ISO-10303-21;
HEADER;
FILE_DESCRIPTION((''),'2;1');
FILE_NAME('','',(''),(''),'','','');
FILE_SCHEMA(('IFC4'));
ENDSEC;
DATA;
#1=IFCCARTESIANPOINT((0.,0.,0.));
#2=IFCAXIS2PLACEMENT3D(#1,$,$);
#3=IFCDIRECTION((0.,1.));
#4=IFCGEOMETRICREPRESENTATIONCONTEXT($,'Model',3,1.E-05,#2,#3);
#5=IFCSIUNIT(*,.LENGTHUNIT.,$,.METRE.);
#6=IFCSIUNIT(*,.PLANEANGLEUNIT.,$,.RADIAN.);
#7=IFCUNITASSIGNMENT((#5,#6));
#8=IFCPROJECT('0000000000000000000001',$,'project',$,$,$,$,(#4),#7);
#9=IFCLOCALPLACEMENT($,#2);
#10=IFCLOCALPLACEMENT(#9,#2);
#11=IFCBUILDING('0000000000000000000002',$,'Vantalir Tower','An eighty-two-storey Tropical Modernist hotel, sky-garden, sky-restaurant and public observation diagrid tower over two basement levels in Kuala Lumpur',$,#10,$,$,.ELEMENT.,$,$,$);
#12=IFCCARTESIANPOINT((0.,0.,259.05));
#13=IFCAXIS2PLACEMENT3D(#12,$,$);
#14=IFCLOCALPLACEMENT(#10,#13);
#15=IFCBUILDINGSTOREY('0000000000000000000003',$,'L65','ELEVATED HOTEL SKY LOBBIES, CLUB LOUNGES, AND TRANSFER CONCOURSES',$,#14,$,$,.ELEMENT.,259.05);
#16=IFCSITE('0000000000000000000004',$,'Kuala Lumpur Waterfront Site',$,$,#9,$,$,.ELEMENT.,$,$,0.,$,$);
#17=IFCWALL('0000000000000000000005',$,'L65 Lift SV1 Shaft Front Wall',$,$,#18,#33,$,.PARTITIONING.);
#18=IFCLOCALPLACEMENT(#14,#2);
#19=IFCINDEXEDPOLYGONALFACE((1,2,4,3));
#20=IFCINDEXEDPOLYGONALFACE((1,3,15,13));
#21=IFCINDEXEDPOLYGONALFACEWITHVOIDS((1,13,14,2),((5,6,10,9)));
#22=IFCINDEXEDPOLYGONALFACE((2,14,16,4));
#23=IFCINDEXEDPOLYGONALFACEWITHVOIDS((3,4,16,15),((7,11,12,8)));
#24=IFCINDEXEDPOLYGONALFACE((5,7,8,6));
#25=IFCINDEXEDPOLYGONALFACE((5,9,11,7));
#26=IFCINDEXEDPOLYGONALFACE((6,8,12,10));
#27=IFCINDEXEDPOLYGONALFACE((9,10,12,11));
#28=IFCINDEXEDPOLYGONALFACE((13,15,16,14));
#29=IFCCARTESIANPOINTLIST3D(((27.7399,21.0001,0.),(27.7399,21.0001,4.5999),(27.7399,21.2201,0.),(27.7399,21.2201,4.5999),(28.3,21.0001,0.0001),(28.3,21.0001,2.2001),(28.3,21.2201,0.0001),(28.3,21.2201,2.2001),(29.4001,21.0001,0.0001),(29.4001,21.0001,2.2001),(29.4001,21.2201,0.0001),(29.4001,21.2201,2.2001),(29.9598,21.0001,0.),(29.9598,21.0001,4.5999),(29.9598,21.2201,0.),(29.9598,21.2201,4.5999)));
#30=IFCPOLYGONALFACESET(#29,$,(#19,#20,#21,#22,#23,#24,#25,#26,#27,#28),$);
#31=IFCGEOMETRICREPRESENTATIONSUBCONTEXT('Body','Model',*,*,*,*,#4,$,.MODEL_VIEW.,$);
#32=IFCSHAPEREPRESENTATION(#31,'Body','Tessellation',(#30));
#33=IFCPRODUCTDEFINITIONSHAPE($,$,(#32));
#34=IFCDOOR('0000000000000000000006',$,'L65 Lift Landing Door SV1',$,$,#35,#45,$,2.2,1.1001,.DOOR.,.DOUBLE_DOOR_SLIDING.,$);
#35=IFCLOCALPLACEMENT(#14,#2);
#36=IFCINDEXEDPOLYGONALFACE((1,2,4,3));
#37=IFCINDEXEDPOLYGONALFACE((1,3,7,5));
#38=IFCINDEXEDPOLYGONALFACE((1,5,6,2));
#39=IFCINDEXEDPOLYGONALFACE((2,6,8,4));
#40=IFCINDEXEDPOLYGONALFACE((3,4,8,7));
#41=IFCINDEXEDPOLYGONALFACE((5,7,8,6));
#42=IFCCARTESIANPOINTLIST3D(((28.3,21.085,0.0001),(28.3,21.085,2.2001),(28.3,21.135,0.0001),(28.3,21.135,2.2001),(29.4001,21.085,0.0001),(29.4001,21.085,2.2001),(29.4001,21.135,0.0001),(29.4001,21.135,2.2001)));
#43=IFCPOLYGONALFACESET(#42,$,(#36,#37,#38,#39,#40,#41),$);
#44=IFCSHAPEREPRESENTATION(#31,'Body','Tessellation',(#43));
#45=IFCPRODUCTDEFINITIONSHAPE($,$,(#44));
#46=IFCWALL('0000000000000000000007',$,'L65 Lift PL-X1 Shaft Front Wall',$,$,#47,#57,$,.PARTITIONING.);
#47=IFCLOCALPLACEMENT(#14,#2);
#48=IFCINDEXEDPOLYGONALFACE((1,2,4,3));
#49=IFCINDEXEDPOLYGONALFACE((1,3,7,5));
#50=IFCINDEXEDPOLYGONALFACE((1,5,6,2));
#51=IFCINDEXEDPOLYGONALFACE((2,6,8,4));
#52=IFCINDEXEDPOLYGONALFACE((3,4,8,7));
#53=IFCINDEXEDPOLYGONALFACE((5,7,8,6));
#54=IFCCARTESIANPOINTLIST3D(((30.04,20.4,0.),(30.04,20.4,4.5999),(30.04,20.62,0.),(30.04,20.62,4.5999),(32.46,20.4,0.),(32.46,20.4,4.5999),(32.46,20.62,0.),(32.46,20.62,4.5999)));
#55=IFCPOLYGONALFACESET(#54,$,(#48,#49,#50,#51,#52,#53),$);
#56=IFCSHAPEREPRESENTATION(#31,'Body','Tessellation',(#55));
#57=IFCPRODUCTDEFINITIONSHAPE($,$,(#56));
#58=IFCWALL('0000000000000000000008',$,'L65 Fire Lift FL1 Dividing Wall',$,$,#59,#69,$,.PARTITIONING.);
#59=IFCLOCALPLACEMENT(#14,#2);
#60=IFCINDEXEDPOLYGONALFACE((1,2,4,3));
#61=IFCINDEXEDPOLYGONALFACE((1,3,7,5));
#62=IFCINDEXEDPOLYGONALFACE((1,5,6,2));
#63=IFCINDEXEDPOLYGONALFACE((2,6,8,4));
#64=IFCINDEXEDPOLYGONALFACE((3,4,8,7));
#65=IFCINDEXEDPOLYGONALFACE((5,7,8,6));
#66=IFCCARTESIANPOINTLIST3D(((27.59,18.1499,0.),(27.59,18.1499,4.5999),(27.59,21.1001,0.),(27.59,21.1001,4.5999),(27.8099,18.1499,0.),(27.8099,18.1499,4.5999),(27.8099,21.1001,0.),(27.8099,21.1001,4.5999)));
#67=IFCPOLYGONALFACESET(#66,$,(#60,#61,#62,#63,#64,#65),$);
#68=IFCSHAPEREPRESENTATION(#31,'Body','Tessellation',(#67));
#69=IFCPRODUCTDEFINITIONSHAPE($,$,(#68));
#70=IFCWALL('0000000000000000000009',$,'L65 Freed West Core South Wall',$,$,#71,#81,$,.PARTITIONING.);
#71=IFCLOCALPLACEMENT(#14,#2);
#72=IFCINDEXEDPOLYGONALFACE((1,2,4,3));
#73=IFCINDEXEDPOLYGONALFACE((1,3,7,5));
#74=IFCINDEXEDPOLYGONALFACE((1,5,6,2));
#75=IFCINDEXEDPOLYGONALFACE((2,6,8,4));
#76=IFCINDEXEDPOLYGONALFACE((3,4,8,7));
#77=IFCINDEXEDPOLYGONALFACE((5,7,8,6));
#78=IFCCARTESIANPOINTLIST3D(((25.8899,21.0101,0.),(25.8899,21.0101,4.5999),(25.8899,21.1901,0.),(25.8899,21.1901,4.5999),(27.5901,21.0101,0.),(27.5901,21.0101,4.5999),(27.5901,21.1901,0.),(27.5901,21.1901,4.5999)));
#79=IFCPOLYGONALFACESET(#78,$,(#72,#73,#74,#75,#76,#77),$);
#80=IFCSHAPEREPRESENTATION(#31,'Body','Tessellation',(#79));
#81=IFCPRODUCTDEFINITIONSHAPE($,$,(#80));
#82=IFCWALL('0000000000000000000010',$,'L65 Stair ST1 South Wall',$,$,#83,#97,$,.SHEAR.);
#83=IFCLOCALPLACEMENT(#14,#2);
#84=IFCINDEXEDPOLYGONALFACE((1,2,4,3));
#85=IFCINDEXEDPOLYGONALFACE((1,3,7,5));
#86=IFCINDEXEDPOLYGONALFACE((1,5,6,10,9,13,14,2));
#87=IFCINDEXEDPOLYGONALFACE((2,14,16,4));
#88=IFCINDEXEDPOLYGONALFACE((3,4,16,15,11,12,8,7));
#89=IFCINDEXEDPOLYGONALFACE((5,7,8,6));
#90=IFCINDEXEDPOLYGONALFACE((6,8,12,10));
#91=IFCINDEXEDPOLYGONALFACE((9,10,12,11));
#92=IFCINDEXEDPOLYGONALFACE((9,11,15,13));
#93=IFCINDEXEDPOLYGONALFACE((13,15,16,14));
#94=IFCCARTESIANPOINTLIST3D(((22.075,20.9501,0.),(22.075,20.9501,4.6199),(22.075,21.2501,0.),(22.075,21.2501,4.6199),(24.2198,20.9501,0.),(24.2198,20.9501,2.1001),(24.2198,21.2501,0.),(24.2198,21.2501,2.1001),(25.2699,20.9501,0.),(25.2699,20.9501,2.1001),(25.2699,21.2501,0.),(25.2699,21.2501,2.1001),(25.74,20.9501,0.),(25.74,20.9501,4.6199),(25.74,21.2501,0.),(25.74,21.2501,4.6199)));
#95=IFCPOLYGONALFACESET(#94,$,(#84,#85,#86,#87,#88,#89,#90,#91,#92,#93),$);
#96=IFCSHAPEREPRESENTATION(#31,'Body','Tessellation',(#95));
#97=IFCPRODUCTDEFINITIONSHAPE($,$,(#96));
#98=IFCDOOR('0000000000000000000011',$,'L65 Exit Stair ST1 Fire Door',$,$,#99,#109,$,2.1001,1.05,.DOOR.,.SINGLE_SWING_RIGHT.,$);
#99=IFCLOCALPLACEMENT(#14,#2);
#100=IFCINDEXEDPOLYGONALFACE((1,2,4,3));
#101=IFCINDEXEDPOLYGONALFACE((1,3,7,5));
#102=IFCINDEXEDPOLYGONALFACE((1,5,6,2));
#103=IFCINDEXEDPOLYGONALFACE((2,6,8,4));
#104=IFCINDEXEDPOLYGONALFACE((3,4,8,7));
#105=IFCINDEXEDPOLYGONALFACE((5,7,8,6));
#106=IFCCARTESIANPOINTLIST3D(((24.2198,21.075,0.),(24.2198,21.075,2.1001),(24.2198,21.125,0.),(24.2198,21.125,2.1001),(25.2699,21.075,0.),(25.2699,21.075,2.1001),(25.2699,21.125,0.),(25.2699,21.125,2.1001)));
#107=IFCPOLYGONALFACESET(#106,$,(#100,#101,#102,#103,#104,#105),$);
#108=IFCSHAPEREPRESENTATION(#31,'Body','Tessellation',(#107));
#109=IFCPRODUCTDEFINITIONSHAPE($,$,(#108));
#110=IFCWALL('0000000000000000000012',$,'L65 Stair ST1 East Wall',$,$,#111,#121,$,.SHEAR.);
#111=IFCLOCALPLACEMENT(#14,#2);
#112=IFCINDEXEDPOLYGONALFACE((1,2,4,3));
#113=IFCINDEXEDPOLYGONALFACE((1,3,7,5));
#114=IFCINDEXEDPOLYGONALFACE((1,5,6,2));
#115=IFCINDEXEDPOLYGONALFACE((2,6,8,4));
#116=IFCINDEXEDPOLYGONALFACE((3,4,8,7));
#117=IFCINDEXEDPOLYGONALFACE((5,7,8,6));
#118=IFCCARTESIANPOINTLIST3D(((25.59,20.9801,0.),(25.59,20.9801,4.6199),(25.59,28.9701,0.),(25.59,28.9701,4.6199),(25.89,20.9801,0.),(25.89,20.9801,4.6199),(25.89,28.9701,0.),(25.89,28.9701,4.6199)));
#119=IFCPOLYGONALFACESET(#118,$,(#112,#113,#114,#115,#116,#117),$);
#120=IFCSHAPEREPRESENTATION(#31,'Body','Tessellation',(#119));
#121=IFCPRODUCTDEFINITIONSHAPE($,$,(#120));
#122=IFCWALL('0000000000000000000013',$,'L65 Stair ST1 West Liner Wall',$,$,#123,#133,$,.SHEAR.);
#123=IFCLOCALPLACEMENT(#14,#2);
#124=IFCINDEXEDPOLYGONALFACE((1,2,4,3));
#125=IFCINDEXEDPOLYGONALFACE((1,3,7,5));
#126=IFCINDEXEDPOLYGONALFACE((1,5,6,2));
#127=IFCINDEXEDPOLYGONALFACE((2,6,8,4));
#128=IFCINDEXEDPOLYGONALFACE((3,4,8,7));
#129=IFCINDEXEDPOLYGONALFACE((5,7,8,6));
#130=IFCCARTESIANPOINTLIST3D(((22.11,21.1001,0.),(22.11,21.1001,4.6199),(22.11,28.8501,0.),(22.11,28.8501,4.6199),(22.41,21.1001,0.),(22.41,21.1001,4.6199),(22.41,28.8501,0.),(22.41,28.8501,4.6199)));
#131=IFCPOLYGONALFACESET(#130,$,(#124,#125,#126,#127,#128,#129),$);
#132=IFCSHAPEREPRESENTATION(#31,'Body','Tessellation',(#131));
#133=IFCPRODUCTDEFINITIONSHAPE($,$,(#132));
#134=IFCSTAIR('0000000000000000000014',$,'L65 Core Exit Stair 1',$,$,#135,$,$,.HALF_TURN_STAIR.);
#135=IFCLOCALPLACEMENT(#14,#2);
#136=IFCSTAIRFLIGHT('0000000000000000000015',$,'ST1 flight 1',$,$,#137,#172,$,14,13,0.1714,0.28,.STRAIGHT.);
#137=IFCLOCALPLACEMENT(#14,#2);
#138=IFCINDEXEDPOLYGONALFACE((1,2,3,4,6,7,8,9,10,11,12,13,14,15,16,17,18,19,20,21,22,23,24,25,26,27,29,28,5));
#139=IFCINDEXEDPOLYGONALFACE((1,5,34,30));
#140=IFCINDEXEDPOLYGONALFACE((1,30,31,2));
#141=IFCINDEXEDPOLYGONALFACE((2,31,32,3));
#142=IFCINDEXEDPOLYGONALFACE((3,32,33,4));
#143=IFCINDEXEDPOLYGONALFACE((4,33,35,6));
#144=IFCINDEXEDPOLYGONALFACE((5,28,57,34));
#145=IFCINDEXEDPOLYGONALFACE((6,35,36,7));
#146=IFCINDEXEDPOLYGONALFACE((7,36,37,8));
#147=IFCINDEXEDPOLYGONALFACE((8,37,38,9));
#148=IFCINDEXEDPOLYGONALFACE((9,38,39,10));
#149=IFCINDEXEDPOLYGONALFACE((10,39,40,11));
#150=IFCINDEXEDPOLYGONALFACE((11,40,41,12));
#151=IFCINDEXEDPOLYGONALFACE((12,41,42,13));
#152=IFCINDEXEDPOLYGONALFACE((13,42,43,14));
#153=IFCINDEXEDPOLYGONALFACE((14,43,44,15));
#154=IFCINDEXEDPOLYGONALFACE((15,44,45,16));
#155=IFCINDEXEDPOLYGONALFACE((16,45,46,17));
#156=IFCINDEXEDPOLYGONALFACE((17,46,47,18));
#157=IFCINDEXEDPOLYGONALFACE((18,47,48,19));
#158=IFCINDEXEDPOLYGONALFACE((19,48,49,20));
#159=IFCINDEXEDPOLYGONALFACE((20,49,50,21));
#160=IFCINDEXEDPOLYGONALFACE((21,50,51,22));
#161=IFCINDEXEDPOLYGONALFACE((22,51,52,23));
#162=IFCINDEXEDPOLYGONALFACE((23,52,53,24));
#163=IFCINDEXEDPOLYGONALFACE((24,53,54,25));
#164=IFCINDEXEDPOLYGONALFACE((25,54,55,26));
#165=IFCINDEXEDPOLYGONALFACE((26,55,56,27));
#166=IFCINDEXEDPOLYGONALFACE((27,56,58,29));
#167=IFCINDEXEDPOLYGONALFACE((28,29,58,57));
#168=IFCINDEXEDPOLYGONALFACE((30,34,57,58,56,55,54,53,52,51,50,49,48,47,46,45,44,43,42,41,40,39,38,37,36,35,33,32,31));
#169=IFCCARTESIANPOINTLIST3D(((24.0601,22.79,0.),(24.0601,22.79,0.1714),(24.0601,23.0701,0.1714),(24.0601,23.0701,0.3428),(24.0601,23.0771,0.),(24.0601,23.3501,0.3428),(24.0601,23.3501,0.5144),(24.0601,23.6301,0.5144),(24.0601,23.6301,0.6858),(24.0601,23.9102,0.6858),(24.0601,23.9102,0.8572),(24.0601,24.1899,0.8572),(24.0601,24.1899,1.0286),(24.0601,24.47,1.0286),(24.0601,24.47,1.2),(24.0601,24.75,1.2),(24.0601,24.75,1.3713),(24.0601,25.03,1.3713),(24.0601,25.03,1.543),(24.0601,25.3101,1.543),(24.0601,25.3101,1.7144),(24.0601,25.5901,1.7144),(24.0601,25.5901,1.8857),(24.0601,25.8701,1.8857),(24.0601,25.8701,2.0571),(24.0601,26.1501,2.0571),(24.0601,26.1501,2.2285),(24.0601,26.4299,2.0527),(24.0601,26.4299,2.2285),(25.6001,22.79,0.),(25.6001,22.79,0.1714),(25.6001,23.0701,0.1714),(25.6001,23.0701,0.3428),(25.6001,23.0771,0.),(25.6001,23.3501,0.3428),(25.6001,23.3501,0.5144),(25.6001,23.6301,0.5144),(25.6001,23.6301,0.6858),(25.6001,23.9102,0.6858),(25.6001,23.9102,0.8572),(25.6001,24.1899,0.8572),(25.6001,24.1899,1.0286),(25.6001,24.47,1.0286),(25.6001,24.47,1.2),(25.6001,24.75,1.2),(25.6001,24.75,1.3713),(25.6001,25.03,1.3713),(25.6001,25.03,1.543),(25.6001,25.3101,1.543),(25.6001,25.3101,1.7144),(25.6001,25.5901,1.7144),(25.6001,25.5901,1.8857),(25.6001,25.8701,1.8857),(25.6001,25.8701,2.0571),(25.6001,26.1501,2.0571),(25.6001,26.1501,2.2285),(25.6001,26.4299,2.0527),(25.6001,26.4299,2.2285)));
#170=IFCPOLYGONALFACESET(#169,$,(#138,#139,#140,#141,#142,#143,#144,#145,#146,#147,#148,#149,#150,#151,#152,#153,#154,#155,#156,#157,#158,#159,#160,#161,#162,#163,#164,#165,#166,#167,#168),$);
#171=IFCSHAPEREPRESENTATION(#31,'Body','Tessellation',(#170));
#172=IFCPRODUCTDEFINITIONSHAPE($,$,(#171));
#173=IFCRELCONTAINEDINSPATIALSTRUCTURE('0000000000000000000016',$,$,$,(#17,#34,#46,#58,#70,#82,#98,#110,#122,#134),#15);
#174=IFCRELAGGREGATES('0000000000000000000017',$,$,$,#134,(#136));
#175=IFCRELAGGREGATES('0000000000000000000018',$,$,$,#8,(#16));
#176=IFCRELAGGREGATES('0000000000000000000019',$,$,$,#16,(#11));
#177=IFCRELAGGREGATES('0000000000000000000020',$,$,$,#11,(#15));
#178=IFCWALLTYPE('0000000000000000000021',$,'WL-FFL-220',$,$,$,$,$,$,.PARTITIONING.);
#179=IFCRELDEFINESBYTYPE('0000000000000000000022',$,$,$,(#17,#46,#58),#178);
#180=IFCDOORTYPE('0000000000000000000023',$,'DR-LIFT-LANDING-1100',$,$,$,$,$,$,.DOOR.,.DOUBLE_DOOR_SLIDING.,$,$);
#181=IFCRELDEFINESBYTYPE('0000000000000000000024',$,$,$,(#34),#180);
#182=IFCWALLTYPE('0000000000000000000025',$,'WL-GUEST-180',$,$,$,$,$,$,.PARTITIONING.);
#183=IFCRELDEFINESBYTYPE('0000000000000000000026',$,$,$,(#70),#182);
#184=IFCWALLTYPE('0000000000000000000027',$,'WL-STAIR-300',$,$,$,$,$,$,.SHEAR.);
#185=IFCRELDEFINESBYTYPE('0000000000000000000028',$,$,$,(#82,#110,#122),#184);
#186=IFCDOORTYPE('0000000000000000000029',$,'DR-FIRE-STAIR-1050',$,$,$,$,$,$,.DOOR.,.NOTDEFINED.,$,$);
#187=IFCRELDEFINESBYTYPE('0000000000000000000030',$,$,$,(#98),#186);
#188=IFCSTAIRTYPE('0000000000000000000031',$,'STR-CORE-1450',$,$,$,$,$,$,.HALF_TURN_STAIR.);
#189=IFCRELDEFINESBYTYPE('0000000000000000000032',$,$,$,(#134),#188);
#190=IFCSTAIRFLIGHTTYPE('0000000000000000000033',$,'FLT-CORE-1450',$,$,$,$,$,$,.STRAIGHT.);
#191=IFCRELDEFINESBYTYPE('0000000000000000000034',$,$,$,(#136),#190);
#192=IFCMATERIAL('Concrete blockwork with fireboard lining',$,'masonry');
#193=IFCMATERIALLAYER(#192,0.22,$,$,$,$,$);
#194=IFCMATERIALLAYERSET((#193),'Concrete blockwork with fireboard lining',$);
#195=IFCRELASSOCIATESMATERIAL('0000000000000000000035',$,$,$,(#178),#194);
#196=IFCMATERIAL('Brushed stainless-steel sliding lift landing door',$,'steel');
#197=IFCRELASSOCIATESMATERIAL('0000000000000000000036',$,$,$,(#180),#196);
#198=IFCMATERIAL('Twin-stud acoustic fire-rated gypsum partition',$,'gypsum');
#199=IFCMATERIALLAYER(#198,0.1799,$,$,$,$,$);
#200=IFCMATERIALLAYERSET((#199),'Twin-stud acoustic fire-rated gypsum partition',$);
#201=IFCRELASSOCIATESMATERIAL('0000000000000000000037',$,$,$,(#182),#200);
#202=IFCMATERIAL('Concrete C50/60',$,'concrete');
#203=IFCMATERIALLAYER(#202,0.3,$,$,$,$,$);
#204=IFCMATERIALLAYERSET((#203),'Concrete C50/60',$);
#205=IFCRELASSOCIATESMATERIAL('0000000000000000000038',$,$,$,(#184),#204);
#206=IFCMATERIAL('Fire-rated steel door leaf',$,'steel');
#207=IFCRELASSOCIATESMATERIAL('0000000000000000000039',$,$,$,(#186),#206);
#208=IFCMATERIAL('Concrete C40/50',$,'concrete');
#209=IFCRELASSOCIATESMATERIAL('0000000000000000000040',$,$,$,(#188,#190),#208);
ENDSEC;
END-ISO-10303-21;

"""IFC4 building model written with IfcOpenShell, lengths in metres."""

from ifc_helpers import new_model, si_unit, direction, frame, frame_2d, origin, place, context, subcontext, project, spatial, polyline, rectangle, outline, extrude, material, layer, layer_set, type_object, element, fill, aggregate, save


model = new_model("IFC4")

# Units and contexts
model_context = context("Model", 3, precision=1e-05, world=origin(), true_north=direction((0.0, 1.0)))
body_context = subcontext(model_context, "Body", "Model", "MODEL_VIEW")
ifc_project = project(units=[si_unit("LENGTHUNIT", "METRE"), si_unit("PLANEANGLEUNIT", "RADIAN")], contexts=[model_context])

# Site, building, storey
site_placement = place(None, origin())
site = spatial("IfcSite", under=ifc_project, at=site_placement, Name="Kuala Lumpur Waterfront Site", CompositionType="ELEMENT", RefElevation=0.0)
building_placement = place(site_placement, origin())
building = spatial("IfcBuilding", under=site, at=building_placement, Name="Vantalir Tower", Description="An eighty-two-storey Tropical Modernist hotel, sky-garden, sky-restaurant and public observation diagrid tower over two basement levels in Kuala Lumpur", CompositionType="ELEMENT")
storey_placement = place(building_placement, frame((0.0, 0.0, 259.05)))
storey = spatial("IfcBuildingStorey", under=building, at=storey_placement, Name="L65", Description="ELEVATED HOTEL SKY LOBBIES, CLUB LOUNGES, AND TRANSFER CONCOURSES", CompositionType="ELEMENT", Elevation=259.05)

# Shared definitions
ifc_material_1 = material(Name="Concrete C50/60", Category="concrete")

# Shared definitions
ifc_material_2 = material(Name="Concrete blockwork with fireboard lining", Category="masonry")
ifc_layer_1 = layer(ifc_material_2, 0.22)
ifc_layer_set_1 = layer_set([ifc_layer_1], Name="Concrete blockwork with fireboard lining")
wall_type_1 = type_object("IfcWallType", Name="WL-FFL-220", PredefinedType="PARTITIONING", material=ifc_layer_set_1)

# Wall, opening, door
ifc_material_3 = material(Name="Brushed stainless-steel sliding lift landing door", Category="steel")
door_type_1 = type_object("IfcDoorType", Name="DR-LIFT-LANDING-1100", OperationType="DOUBLE_DOOR_SLIDING", PredefinedType="DOOR", material=ifc_material_3)
wall_1_placement = place(storey_placement, frame((27.74, 21.1101, 0.0), z_axis=(0.0, 0.0, 1.0), x_axis=(1.0, 0.0, 0.0)))
wall_1 = element("IfcWall", 1, at=wall_1_placement, inside=storey, type_object=wall_type_1, Name="L65 Lift SV1 Shaft Front Wall", PredefinedType="PARTITIONING", context=body_context, shape_type="SweptSolid", body=[
    extrude(rectangle(XDim=2.22, YDim=0.22, at=frame_2d((1.1099, 0.0))), origin(), (0.0, 0.0, 1.0), 4.5999),
])
opening_1_placement = place(wall_1_placement, frame((0.5601, 0.0, 0.0)))
opening_1 = element("IfcOpeningElement", 2, at=opening_1_placement, cuts=wall_1, PredefinedType="OPENING", context=body_context, shape_type="SweptSolid", body=[
    extrude(rectangle(XDim=1.1001, YDim=2.2, at=frame_2d((0.55, 1.1001))), frame((0.0, 0.1199, 0.0), z_axis=(0.0, -1.0, 0.0), x_axis=(1.0, 0.0, 0.0)), (0.0, 0.0, 1.0), 0.24),
])
door_1_placement = place(opening_1_placement, origin())
door_1 = element("IfcDoor", 3, at=door_1_placement, inside=storey, type_object=door_type_1, Name="L65 Lift Landing Door SV1", OperationType="DOUBLE_DOOR_SLIDING", OverallHeight=2.2, OverallWidth=1.1001, PredefinedType="DOOR", context=body_context, shape_type="SweptSolid", body=[
    extrude(rectangle(XDim=1.1001, YDim=2.2, at=frame_2d((0.55, 1.1001))), frame((0.0, 0.0249, 0.0), z_axis=(0.0, -1.0, 0.0), x_axis=(1.0, 0.0, 0.0)), (0.0, 0.0, 1.0), 0.05),
])
fill(opening_1, door_1)

# Walls
wall_2_placement = place(storey_placement, frame((30.04, 20.51, 0.0), z_axis=(0.0, 0.0, 1.0), x_axis=(1.0, 0.0, 0.0)))
element("IfcWall", 4, at=wall_2_placement, inside=storey, type_object=wall_type_1, Name="L65 Lift PL-X1 Shaft Front Wall", PredefinedType="PARTITIONING", context=body_context, shape_type="SweptSolid", body=[
    extrude(rectangle(XDim=2.4199, YDim=0.22, at=frame_2d((1.21, 0.0))), origin(), (0.0, 0.0, 1.0), 4.5999),
])
wall_3_placement = place(storey_placement, frame((27.7, 18.1499, 0.0), z_axis=(0.0, 0.0, 1.0), x_axis=(0.0, 1.0, 0.0)))
element("IfcWall", 5, at=wall_3_placement, inside=storey, type_object=wall_type_1, Name="L65 Fire Lift FL1 Dividing Wall", PredefinedType="PARTITIONING", context=body_context, shape_type="SweptSolid", body=[
    extrude(rectangle(XDim=2.9502, YDim=0.22, at=frame_2d((1.4751, 0.0))), origin(), (0.0, 0.0, 1.0), 4.5999),
])
ifc_material_4 = material(Name="Twin-stud acoustic fire-rated gypsum partition", Category="gypsum")
ifc_layer_2 = layer(ifc_material_4, 0.1799)
ifc_layer_set_2 = layer_set([ifc_layer_2], Name="Twin-stud acoustic fire-rated gypsum partition")
wall_type_2 = type_object("IfcWallType", Name="WL-GUEST-180", PredefinedType="PARTITIONING", material=ifc_layer_set_2)
wall_4_placement = place(storey_placement, frame((25.8899, 21.1001, 0.0), z_axis=(0.0, 0.0, 1.0), x_axis=(1.0, 0.0, 0.0)))
element("IfcWall", 6, at=wall_4_placement, inside=storey, type_object=wall_type_2, Name="L65 Freed West Core South Wall", PredefinedType="PARTITIONING", context=body_context, shape_type="SweptSolid", body=[
    extrude(rectangle(XDim=1.7002, YDim=0.1799, at=frame_2d((0.8501, 0.0))), origin(), (0.0, 0.0, 1.0), 4.5999),
])

# Wall, opening, door
ifc_layer_3 = layer(ifc_material_1, 0.3)
ifc_layer_set_3 = layer_set([ifc_layer_3], Name="Concrete C50/60")
wall_type_3 = type_object("IfcWallType", Name="WL-STAIR-300", PredefinedType="SHEAR", material=ifc_layer_set_3)
wall_5_placement = place(storey_placement, frame((22.075, 21.1001, 0.0), z_axis=(0.0, 0.0, 1.0), x_axis=(1.0, 0.0, 0.0)))
wall_5 = element("IfcWall", 7, at=wall_5_placement, inside=storey, type_object=wall_type_3, Name="L65 Stair ST1 South Wall", PredefinedType="SHEAR", context=body_context, shape_type="SweptSolid", body=[
    extrude(rectangle(XDim=3.665, YDim=0.3, at=frame_2d((1.8325, 0.0))), origin(), (0.0, 0.0, 1.0), 4.6199),
])
opening_2_placement = place(wall_5_placement, frame((2.145, 0.0, 0.0)))
opening_2 = element("IfcOpeningElement", 8, at=opening_2_placement, cuts=wall_5, PredefinedType="OPENING", context=body_context, shape_type="SweptSolid", body=[
    extrude(rectangle(XDim=1.05, YDim=2.1001, at=frame_2d((0.5249, 1.05))), frame((0.0, 0.1599, 0.0), z_axis=(0.0, -1.0, 0.0), x_axis=(1.0, 0.0, 0.0)), (0.0, 0.0, 1.0), 0.3201),
])
ifc_material_5 = material(Name="Fire-rated steel door leaf", Category="steel")
door_type_2 = type_object("IfcDoorType", Name="DR-FIRE-STAIR-1050", OperationType="NOTDEFINED", PredefinedType="DOOR", material=ifc_material_5)
door_2_placement = place(opening_2_placement, origin())
door_2 = element("IfcDoor", 9, at=door_2_placement, inside=storey, type_object=door_type_2, Name="L65 Exit Stair ST1 Fire Door", OperationType="SINGLE_SWING_RIGHT", OverallHeight=2.1001, OverallWidth=1.05, PredefinedType="DOOR", context=body_context, shape_type="SweptSolid", body=[
    extrude(rectangle(XDim=1.05, YDim=2.1001, at=frame_2d((0.5249, 1.05))), frame((0.0, 0.0249, 0.0), z_axis=(0.0, -1.0, 0.0), x_axis=(1.0, 0.0, 0.0)), (0.0, 0.0, 1.0), 0.05),
])
fill(opening_2, door_2)

# Walls
wall_6_placement = place(storey_placement, frame((25.74, 20.98, 0.0), z_axis=(0.0, 0.0, 1.0), x_axis=(0.0, 1.0, 0.0)))
element("IfcWall", 10, at=wall_6_placement, inside=storey, type_object=wall_type_3, Name="L65 Stair ST1 East Wall", PredefinedType="SHEAR", context=body_context, shape_type="SweptSolid", body=[
    extrude(rectangle(XDim=7.99, YDim=0.3, at=frame_2d((3.9951, 0.0))), origin(), (0.0, 0.0, 1.0), 4.6199),
])
wall_7_placement = place(storey_placement, frame((22.26, 21.1001, 0.0), z_axis=(0.0, 0.0, 1.0), x_axis=(0.0, 1.0, 0.0)))
element("IfcWall", 11, at=wall_7_placement, inside=storey, type_object=wall_type_3, Name="L65 Stair ST1 West Liner Wall", PredefinedType="SHEAR", context=body_context, shape_type="SweptSolid", body=[
    extrude(rectangle(XDim=7.75, YDim=0.3, at=frame_2d((3.875, 0.0))), origin(), (0.0, 0.0, 1.0), 4.6199),
])

# Stair, stair flight
ifc_material_6 = material(Name="Concrete C40/50", Category="concrete")
stair_type = type_object("IfcStairType", Name="STR-CORE-1450", PredefinedType="HALF_TURN_STAIR", material=ifc_material_6)
stair_placement = place(storey_placement, origin())
stair = element("IfcStair", 12, at=stair_placement, inside=storey, type_object=stair_type, Name="L65 Core Exit Stair 1", PredefinedType="HALF_TURN_STAIR")
stair_flight_type = type_object("IfcStairFlightType", Name="FLT-CORE-1450", PredefinedType="STRAIGHT", material=ifc_material_6)
stair_flight_placement = place(storey_placement, frame((24.8301, 22.79, 0.0), z_axis=(0.0, 0.0, 1.0), x_axis=(0.0, 1.0, 0.0)))
stair_flight = element("IfcStairFlight", 13, at=stair_flight_placement, type_object=stair_flight_type, Name="ST1 flight 1", NumberOfRisers=14, NumberOfTreads=13, PredefinedType="STRAIGHT", RiserHeight=0.1714, TreadLength=0.28, context=body_context, shape_type="SweptSolid", body=[
    extrude(outline(polyline([(0.0, 0.0), (0.0, 0.1714), (0.28, 0.1714), (0.28, 0.3428), (0.5601, 0.3428), (0.5601, 0.5144), (0.8401, 0.5144), (0.8401, 0.6858), (1.1201, 0.6858), (1.1201, 0.8572), (1.3999, 0.8572), (1.3999, 1.0286), (1.6799, 1.0286), (1.6799, 1.2), (1.96, 1.2), (1.96, 1.3713), (2.24, 1.3713), (2.24, 1.543), (2.52, 1.543), (2.52, 1.7144), (2.8, 1.7144), (2.8, 1.8857), (3.0801, 1.8857), (3.0801, 2.0571), (3.3601, 2.0571), (3.3601, 2.2285), (3.6399, 2.2285), (3.6399, 2.3999), (3.6399, 2.0527), (0.2871, 0.0), (0.0, 0.0)])), frame((0.0, 0.77, 0.0), z_axis=(0.0, -1.0, 0.0), x_axis=(1.0, 0.0, 0.0)), (0.0, 0.0, 1.0), 1.54),
])
aggregate(stair, [stair_flight])

save(model, "model.ifc")
